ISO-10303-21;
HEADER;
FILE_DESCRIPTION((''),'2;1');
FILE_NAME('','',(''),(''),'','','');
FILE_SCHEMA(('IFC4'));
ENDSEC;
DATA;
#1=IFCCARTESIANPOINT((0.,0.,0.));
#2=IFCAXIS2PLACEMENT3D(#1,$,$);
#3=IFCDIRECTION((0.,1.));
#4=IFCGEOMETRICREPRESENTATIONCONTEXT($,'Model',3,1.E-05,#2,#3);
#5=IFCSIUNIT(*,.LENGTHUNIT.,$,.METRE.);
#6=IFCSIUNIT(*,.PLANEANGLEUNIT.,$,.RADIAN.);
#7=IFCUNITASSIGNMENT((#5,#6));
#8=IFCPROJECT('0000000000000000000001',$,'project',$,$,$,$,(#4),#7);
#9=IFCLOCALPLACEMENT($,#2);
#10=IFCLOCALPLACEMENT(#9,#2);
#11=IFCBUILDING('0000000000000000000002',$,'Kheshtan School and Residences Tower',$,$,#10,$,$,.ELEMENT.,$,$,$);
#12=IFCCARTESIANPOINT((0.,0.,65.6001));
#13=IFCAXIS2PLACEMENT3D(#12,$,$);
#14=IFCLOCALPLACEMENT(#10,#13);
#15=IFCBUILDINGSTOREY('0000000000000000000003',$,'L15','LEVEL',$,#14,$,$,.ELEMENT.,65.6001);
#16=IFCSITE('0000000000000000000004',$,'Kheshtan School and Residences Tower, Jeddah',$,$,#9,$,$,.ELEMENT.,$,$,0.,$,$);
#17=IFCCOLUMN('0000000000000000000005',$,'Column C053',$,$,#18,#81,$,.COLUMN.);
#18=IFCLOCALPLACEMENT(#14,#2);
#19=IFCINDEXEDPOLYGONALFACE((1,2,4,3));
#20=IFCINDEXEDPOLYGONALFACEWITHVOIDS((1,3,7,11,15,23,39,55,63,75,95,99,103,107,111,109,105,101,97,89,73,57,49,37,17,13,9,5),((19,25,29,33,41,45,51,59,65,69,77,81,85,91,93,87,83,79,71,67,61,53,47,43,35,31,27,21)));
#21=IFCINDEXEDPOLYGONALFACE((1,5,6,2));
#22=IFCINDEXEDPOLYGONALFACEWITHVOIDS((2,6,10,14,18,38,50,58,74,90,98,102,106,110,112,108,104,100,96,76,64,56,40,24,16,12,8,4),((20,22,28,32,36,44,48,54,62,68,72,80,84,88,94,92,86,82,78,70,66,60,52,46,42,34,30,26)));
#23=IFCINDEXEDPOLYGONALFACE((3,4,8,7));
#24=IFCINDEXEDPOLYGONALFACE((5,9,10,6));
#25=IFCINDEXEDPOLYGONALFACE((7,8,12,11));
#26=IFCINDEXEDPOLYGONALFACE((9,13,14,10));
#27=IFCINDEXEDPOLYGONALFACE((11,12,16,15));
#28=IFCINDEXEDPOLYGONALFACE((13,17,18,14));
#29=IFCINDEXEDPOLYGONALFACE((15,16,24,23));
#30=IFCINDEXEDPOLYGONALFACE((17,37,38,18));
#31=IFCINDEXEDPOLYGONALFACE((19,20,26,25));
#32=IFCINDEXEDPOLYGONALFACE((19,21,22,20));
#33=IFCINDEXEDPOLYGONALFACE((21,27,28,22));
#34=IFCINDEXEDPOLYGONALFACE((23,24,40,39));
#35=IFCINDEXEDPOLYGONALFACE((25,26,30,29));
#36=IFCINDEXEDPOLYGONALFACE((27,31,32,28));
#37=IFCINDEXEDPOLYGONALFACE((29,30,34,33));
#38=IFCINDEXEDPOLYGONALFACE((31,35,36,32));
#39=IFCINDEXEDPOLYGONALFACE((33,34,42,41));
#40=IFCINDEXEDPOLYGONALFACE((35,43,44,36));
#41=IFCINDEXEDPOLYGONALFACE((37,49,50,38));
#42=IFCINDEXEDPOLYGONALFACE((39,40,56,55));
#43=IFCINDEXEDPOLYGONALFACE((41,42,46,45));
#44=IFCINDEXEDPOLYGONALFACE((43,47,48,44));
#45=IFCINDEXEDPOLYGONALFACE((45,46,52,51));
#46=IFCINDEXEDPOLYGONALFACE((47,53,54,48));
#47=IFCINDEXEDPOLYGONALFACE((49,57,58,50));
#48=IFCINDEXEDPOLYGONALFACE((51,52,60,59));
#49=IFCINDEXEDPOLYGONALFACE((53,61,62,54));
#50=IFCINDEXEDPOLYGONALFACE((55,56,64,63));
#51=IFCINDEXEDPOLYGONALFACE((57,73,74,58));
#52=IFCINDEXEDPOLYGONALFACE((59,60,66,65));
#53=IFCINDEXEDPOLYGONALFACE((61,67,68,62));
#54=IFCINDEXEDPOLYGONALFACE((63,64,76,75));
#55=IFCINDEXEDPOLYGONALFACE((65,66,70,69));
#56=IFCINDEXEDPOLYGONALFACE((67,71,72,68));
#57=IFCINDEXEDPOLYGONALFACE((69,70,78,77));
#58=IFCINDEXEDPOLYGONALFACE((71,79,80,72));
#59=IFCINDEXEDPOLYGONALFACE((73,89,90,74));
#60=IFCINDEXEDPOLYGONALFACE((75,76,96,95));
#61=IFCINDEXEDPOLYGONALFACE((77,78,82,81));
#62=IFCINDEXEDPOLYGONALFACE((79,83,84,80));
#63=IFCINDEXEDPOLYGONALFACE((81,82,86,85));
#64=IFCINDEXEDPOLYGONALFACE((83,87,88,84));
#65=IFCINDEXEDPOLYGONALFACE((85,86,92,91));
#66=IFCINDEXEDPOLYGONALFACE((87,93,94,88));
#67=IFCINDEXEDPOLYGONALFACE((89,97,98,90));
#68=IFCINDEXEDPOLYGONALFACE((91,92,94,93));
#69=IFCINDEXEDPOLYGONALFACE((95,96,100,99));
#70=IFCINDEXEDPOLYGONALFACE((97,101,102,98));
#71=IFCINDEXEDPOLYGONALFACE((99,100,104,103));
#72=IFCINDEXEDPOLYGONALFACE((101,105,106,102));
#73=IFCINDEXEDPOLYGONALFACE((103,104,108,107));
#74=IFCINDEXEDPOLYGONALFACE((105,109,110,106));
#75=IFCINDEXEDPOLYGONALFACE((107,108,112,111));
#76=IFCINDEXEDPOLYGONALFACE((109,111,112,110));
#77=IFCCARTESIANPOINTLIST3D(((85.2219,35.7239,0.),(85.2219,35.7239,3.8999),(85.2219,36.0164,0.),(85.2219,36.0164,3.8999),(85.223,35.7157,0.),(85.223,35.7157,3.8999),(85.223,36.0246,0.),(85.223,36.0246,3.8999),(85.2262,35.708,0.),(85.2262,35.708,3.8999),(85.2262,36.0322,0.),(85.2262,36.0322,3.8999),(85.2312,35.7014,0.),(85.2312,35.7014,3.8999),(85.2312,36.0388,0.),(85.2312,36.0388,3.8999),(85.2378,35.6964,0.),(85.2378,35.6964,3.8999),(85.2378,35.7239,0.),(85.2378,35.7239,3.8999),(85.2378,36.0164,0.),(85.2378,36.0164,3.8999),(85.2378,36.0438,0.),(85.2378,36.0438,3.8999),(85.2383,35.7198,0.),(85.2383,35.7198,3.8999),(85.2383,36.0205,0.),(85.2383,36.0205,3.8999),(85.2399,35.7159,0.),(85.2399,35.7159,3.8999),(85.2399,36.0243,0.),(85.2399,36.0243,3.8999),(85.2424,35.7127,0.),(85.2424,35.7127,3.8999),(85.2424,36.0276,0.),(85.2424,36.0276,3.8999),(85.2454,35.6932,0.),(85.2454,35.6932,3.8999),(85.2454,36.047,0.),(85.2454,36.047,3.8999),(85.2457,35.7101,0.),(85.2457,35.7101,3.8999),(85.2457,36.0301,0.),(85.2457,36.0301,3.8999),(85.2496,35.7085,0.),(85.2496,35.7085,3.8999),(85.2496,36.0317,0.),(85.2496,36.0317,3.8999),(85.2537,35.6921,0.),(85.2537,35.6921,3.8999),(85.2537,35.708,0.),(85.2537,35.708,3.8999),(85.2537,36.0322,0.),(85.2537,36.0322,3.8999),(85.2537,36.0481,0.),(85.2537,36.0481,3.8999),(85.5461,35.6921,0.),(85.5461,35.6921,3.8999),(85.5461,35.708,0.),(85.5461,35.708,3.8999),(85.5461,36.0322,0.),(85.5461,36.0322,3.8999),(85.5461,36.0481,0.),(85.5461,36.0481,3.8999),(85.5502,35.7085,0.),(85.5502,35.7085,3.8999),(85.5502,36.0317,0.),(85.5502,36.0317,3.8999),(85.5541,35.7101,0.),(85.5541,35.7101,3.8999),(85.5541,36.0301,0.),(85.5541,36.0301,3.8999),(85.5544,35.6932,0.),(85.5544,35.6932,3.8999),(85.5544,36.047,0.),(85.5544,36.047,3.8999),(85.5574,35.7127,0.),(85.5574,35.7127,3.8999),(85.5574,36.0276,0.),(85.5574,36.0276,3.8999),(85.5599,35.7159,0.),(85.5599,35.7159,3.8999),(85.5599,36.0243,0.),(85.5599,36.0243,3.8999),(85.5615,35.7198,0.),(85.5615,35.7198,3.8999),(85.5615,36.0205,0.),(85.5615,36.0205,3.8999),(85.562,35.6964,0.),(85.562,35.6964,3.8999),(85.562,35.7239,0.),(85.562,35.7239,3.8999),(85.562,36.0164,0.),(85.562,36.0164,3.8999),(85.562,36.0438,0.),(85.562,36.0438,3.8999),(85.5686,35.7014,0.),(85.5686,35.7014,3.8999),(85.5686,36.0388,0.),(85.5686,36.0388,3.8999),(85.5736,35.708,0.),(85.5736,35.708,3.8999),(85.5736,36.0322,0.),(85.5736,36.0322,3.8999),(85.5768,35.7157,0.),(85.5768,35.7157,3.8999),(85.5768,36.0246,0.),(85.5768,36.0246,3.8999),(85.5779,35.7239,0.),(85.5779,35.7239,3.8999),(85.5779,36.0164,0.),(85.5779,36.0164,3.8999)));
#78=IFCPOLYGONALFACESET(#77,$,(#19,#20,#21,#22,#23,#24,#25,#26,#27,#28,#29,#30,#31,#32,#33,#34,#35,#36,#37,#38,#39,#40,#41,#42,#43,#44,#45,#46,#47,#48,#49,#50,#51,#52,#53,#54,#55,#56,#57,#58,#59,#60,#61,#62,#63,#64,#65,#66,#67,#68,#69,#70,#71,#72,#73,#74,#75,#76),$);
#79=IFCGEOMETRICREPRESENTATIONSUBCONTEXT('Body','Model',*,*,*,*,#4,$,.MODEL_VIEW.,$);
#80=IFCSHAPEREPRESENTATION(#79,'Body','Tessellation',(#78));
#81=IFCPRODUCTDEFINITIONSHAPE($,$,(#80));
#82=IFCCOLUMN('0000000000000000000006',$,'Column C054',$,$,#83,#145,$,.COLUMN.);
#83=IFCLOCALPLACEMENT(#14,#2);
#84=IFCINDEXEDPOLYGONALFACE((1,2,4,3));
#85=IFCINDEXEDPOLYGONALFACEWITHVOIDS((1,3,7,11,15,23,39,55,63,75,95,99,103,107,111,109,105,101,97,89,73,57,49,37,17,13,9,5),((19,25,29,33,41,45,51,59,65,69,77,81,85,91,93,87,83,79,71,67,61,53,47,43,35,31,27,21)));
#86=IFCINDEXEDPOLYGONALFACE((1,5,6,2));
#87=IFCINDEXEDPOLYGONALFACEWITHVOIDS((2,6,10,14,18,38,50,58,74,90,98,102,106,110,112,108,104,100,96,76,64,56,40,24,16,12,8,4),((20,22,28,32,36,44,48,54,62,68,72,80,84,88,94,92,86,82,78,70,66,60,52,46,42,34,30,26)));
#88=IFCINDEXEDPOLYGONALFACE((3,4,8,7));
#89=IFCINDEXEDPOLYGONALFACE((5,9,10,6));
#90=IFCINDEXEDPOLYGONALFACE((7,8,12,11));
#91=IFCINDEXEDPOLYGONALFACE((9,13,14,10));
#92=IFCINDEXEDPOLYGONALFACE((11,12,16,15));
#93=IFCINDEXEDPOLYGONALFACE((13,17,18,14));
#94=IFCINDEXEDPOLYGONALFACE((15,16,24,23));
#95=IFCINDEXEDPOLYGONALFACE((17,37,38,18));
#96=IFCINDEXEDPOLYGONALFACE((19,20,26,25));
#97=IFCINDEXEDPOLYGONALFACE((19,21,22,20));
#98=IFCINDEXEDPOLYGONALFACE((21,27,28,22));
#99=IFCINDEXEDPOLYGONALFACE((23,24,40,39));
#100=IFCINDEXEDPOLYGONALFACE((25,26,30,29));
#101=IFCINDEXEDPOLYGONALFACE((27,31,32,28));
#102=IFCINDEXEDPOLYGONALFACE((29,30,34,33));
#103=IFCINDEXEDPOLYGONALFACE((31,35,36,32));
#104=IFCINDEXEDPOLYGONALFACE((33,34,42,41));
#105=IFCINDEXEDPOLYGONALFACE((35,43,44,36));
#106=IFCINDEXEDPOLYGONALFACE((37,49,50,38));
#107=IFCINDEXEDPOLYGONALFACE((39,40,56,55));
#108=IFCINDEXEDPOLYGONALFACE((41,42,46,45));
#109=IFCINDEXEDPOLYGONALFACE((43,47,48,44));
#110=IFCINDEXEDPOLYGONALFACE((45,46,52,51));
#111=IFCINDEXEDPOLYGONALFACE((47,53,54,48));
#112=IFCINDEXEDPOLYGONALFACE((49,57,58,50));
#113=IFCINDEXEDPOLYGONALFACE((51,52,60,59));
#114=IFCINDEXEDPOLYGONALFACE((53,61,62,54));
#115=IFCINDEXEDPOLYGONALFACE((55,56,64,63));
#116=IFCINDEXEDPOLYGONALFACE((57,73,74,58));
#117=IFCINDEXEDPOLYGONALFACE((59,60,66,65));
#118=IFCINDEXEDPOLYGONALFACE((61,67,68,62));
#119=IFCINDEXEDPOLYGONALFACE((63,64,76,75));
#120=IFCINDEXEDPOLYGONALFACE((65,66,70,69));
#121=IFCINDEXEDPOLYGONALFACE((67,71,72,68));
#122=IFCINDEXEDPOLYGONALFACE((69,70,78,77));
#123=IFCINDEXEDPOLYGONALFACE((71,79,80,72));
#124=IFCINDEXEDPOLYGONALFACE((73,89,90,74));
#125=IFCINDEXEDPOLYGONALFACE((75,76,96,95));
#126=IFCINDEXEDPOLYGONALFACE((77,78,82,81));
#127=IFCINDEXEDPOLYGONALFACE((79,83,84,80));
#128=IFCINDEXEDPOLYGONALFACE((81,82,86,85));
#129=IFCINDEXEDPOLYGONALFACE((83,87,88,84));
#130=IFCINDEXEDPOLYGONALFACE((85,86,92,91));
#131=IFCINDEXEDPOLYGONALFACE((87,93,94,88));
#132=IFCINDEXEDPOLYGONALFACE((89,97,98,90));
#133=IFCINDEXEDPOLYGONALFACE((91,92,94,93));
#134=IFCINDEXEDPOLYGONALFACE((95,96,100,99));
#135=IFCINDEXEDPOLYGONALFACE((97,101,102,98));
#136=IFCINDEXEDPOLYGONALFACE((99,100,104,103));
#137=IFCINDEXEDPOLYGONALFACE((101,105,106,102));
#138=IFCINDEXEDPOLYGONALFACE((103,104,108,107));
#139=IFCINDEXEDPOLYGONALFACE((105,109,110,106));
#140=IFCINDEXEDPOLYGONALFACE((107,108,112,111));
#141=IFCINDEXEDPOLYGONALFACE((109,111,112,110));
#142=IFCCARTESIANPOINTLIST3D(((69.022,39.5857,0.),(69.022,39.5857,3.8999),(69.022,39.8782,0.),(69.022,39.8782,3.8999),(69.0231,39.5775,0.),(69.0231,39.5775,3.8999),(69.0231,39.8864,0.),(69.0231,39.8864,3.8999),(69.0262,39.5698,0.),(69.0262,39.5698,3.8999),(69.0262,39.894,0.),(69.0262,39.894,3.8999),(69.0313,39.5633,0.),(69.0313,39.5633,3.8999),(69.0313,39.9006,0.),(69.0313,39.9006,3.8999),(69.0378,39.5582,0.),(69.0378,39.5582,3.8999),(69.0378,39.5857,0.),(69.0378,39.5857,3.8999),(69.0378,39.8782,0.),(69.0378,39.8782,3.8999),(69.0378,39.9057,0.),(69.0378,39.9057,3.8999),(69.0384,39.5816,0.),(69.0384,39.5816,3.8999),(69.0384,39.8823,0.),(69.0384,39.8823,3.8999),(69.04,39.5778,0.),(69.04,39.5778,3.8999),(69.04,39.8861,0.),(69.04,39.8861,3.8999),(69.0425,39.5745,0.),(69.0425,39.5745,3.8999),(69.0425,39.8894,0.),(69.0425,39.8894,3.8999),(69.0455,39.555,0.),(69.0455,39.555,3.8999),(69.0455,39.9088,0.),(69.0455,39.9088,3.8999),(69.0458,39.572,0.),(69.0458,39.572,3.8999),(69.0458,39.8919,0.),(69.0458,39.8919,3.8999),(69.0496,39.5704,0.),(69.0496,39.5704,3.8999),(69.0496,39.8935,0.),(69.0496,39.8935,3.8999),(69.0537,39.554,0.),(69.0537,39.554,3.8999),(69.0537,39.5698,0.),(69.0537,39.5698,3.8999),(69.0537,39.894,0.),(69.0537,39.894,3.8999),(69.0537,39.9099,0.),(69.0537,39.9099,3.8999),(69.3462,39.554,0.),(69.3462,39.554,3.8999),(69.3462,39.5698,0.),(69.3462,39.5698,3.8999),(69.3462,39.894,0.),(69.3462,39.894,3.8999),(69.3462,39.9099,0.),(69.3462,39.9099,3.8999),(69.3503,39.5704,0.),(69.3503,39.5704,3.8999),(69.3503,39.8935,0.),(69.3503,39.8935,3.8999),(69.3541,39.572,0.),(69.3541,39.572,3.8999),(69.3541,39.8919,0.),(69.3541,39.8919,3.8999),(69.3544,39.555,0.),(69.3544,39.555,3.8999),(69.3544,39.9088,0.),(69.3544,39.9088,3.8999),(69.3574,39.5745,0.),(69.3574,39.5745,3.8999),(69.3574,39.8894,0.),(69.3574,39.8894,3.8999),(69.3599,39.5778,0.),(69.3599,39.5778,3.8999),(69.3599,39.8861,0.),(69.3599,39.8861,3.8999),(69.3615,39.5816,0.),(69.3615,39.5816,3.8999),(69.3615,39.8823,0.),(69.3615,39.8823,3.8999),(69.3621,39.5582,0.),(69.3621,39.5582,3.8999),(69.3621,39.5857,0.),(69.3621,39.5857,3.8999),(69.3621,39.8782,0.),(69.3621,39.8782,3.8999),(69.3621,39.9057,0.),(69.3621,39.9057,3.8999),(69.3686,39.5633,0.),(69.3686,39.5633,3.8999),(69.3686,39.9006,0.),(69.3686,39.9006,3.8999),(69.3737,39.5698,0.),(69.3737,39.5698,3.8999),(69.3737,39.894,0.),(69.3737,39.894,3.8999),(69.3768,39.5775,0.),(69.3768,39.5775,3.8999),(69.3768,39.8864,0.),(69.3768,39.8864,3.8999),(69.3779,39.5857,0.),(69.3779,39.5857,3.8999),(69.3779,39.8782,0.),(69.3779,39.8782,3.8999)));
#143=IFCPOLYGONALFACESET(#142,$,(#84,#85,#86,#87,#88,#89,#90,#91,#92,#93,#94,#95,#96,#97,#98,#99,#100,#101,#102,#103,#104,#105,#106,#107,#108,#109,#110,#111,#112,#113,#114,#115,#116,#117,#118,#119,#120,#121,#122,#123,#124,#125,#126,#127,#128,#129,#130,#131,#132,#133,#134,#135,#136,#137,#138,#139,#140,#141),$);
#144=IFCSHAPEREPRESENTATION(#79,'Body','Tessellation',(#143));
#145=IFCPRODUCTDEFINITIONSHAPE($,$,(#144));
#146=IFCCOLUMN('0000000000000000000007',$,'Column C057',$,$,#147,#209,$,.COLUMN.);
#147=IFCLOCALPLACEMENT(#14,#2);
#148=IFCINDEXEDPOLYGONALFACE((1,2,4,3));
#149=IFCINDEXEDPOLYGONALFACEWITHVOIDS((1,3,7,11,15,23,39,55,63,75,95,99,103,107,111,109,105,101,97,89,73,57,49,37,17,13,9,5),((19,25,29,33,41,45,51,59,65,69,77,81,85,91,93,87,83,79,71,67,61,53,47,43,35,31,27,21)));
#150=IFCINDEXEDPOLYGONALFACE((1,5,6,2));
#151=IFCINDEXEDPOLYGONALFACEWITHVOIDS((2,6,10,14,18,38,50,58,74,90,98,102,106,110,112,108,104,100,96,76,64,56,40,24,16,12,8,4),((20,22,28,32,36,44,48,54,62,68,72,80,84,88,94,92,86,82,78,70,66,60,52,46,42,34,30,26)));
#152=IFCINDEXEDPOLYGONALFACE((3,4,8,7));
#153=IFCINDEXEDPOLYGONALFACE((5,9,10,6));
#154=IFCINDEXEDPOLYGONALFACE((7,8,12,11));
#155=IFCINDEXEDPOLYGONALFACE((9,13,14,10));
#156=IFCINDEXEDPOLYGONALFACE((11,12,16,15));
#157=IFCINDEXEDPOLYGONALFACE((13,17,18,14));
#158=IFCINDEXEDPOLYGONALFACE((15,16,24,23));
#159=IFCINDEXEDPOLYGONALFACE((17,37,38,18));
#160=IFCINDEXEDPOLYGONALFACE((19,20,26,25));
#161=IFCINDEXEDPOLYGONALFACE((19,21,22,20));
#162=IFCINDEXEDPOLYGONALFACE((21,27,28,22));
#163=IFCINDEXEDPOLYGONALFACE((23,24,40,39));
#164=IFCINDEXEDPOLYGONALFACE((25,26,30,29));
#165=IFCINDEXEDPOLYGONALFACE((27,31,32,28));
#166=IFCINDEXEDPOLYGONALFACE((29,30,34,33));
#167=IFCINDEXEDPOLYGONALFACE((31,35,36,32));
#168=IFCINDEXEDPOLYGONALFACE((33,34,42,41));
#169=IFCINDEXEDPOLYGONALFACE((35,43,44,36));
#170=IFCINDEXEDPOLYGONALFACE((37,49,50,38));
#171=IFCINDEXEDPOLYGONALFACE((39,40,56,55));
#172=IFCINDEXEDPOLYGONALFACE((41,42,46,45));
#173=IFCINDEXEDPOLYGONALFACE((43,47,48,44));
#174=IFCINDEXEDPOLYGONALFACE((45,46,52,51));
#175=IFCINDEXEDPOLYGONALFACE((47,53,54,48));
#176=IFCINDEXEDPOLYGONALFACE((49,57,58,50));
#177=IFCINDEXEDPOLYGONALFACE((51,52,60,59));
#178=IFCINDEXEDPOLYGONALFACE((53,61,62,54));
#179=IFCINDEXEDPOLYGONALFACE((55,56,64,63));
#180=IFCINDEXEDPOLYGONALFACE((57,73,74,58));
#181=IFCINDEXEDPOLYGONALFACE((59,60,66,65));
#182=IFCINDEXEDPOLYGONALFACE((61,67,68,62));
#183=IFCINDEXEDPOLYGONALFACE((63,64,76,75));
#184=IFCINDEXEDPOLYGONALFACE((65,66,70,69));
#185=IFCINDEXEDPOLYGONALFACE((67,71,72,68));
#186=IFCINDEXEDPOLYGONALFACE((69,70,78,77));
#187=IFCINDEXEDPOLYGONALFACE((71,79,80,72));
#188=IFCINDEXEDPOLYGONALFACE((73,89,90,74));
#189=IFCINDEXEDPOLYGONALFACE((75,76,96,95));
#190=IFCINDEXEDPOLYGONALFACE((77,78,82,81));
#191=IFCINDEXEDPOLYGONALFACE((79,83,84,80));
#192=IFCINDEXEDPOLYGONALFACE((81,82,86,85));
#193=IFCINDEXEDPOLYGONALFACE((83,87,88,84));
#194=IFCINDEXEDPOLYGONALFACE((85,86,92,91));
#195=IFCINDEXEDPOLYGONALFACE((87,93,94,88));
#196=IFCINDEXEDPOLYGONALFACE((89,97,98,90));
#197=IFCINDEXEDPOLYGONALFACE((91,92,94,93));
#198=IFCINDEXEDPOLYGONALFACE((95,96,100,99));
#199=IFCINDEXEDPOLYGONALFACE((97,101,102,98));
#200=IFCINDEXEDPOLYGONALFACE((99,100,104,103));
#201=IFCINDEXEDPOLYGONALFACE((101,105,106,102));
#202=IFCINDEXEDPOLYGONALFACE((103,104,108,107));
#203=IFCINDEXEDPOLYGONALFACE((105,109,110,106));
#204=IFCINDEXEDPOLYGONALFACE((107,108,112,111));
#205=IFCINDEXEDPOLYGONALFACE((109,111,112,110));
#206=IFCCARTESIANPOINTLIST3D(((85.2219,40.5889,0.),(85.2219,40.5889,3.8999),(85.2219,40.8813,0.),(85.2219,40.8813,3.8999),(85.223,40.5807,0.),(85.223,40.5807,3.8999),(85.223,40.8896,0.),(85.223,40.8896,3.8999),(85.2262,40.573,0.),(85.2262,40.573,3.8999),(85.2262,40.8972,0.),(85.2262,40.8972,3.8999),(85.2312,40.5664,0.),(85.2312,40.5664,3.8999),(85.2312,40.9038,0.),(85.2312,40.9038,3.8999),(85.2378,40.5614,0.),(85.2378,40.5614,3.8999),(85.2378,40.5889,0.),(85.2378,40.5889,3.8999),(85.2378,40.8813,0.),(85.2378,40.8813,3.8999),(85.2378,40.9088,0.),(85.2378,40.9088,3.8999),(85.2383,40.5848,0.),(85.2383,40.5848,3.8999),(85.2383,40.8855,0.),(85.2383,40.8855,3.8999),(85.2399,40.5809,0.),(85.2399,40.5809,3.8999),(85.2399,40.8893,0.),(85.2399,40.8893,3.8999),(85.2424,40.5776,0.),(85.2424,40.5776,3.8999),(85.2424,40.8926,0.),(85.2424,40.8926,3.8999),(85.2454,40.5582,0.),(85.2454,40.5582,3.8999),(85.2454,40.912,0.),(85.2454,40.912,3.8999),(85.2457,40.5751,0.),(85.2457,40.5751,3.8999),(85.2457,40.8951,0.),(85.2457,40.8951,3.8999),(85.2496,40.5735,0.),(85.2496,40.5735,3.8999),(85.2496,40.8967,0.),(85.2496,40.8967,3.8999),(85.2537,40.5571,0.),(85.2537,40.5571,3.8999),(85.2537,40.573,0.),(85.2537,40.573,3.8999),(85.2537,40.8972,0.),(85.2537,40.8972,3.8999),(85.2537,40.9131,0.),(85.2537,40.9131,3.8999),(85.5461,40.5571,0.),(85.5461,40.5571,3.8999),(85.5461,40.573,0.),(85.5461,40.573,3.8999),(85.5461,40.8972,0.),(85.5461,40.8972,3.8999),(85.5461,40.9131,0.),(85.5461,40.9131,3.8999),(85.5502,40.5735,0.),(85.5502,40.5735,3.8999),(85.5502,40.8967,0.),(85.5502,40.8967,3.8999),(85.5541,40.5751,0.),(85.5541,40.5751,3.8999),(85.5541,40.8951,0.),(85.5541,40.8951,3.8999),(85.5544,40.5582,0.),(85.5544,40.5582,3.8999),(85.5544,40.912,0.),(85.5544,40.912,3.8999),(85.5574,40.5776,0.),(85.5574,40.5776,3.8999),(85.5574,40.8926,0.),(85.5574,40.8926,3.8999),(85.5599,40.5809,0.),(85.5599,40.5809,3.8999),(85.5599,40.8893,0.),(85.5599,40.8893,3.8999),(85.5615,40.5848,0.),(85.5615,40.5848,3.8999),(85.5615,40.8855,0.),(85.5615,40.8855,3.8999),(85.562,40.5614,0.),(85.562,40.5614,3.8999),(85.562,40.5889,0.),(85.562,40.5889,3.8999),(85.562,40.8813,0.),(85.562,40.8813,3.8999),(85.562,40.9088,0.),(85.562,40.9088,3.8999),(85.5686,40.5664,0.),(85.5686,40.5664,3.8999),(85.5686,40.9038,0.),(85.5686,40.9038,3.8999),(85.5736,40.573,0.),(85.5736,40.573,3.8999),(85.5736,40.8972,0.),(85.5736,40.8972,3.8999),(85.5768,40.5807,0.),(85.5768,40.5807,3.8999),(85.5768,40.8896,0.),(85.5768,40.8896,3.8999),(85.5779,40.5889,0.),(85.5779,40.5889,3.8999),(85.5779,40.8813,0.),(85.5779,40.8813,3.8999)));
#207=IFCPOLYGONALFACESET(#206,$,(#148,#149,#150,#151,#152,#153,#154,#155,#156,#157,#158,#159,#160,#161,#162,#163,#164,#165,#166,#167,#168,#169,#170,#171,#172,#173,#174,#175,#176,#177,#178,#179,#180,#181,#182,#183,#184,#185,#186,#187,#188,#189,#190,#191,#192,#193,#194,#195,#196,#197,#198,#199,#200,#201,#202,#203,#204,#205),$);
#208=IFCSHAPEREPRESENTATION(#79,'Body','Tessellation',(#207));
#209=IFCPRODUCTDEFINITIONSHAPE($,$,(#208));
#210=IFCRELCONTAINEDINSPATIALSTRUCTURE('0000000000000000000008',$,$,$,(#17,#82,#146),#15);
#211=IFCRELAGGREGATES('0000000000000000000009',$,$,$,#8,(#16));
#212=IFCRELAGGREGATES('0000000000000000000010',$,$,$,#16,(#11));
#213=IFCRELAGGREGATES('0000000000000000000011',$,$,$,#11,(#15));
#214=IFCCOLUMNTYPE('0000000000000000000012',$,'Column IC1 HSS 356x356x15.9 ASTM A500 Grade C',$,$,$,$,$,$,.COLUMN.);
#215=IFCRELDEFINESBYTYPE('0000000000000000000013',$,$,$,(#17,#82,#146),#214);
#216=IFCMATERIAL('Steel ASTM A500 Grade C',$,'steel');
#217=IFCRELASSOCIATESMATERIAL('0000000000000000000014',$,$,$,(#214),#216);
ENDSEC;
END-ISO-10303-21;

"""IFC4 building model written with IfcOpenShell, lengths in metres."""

from ifc_helpers import new_model, si_unit, direction, frame, origin, origin_2d, place, context, subcontext, project, spatial, hollow_rectangle, extrude, material, material_profile, profile_set, type_object, element, save


model = new_model("IFC4")

# Units and contexts
model_context = context("Model", 3, precision=1e-05, world=origin(), true_north=direction((0.0, 1.0)))
body_context = subcontext(model_context, "Body", "Model", "MODEL_VIEW")
ifc_project = project(units=[si_unit("LENGTHUNIT", "METRE"), si_unit("PLANEANGLEUNIT", "RADIAN")], contexts=[model_context])

# Site, building, storey
site_placement = place(None, origin())
site = spatial("IfcSite", under=ifc_project, at=site_placement, Name="Kheshtan School and Residences Tower, Jeddah", CompositionType="ELEMENT", RefElevation=0.0)
building_placement = place(site_placement, origin())
building = spatial("IfcBuilding", under=site, at=building_placement, Name="Kheshtan School and Residences Tower", CompositionType="ELEMENT")
storey_placement = place(building_placement, frame((0.0, 0.0, 65.6001)))
storey = spatial("IfcBuildingStorey", under=building, at=storey_placement, Name="L15", Description="LEVEL", CompositionType="ELEMENT", Elevation=65.6001)

# Columns
ifc_material_1 = material(Name="Steel ASTM A500 Grade C", Category="steel")
ifc_material_profile_1 = material_profile(ifc_material_1, hollow_rectangle(XDim=0.356, YDim=0.356, WallThickness=0.0159, InnerFilletRadius=0.0159, OuterFilletRadius=0.0317, at=origin_2d()), Name="HSS 356x356x15.9")
ifc_profile_set_1 = profile_set([ifc_material_profile_1], Name="Steel ASTM A500 Grade C")
column_type = type_object("IfcColumnType", Name="Column IC1 HSS 356x356x15.9 ASTM A500 Grade C", PredefinedType="COLUMN", material=ifc_profile_set_1)
for number, where, z_axis, x_axis, name in (
    (1, (85.3999, 35.8701, 0.0), (0.0, 0.0, 1.0), (1.0, 0.0, 0.0), "Column C053"),
    (2, (69.2, 39.7319, 0.0), (0.0, 0.0, 1.0), (1.0, 0.0, 0.0), "Column C054"),
    (3, (85.3999, 40.7351, 0.0), (0.0, 0.0, 1.0), (1.0, 0.0, 0.0), "Column C057"),
):
    element("IfcColumn", number, at=place(storey_placement, frame(where, z_axis=z_axis, x_axis=x_axis)), inside=storey, type_object=column_type, Name=name, PredefinedType="COLUMN", context=body_context, shape_type="SweptSolid", body=[
        extrude(hollow_rectangle(XDim=0.356, YDim=0.356, WallThickness=0.0159, InnerFilletRadius=0.0159, OuterFilletRadius=0.0317, at=origin_2d()), origin(), (0.0, 0.0, 1.0), 3.8999),
    ])

save(model, "model.ifc")
